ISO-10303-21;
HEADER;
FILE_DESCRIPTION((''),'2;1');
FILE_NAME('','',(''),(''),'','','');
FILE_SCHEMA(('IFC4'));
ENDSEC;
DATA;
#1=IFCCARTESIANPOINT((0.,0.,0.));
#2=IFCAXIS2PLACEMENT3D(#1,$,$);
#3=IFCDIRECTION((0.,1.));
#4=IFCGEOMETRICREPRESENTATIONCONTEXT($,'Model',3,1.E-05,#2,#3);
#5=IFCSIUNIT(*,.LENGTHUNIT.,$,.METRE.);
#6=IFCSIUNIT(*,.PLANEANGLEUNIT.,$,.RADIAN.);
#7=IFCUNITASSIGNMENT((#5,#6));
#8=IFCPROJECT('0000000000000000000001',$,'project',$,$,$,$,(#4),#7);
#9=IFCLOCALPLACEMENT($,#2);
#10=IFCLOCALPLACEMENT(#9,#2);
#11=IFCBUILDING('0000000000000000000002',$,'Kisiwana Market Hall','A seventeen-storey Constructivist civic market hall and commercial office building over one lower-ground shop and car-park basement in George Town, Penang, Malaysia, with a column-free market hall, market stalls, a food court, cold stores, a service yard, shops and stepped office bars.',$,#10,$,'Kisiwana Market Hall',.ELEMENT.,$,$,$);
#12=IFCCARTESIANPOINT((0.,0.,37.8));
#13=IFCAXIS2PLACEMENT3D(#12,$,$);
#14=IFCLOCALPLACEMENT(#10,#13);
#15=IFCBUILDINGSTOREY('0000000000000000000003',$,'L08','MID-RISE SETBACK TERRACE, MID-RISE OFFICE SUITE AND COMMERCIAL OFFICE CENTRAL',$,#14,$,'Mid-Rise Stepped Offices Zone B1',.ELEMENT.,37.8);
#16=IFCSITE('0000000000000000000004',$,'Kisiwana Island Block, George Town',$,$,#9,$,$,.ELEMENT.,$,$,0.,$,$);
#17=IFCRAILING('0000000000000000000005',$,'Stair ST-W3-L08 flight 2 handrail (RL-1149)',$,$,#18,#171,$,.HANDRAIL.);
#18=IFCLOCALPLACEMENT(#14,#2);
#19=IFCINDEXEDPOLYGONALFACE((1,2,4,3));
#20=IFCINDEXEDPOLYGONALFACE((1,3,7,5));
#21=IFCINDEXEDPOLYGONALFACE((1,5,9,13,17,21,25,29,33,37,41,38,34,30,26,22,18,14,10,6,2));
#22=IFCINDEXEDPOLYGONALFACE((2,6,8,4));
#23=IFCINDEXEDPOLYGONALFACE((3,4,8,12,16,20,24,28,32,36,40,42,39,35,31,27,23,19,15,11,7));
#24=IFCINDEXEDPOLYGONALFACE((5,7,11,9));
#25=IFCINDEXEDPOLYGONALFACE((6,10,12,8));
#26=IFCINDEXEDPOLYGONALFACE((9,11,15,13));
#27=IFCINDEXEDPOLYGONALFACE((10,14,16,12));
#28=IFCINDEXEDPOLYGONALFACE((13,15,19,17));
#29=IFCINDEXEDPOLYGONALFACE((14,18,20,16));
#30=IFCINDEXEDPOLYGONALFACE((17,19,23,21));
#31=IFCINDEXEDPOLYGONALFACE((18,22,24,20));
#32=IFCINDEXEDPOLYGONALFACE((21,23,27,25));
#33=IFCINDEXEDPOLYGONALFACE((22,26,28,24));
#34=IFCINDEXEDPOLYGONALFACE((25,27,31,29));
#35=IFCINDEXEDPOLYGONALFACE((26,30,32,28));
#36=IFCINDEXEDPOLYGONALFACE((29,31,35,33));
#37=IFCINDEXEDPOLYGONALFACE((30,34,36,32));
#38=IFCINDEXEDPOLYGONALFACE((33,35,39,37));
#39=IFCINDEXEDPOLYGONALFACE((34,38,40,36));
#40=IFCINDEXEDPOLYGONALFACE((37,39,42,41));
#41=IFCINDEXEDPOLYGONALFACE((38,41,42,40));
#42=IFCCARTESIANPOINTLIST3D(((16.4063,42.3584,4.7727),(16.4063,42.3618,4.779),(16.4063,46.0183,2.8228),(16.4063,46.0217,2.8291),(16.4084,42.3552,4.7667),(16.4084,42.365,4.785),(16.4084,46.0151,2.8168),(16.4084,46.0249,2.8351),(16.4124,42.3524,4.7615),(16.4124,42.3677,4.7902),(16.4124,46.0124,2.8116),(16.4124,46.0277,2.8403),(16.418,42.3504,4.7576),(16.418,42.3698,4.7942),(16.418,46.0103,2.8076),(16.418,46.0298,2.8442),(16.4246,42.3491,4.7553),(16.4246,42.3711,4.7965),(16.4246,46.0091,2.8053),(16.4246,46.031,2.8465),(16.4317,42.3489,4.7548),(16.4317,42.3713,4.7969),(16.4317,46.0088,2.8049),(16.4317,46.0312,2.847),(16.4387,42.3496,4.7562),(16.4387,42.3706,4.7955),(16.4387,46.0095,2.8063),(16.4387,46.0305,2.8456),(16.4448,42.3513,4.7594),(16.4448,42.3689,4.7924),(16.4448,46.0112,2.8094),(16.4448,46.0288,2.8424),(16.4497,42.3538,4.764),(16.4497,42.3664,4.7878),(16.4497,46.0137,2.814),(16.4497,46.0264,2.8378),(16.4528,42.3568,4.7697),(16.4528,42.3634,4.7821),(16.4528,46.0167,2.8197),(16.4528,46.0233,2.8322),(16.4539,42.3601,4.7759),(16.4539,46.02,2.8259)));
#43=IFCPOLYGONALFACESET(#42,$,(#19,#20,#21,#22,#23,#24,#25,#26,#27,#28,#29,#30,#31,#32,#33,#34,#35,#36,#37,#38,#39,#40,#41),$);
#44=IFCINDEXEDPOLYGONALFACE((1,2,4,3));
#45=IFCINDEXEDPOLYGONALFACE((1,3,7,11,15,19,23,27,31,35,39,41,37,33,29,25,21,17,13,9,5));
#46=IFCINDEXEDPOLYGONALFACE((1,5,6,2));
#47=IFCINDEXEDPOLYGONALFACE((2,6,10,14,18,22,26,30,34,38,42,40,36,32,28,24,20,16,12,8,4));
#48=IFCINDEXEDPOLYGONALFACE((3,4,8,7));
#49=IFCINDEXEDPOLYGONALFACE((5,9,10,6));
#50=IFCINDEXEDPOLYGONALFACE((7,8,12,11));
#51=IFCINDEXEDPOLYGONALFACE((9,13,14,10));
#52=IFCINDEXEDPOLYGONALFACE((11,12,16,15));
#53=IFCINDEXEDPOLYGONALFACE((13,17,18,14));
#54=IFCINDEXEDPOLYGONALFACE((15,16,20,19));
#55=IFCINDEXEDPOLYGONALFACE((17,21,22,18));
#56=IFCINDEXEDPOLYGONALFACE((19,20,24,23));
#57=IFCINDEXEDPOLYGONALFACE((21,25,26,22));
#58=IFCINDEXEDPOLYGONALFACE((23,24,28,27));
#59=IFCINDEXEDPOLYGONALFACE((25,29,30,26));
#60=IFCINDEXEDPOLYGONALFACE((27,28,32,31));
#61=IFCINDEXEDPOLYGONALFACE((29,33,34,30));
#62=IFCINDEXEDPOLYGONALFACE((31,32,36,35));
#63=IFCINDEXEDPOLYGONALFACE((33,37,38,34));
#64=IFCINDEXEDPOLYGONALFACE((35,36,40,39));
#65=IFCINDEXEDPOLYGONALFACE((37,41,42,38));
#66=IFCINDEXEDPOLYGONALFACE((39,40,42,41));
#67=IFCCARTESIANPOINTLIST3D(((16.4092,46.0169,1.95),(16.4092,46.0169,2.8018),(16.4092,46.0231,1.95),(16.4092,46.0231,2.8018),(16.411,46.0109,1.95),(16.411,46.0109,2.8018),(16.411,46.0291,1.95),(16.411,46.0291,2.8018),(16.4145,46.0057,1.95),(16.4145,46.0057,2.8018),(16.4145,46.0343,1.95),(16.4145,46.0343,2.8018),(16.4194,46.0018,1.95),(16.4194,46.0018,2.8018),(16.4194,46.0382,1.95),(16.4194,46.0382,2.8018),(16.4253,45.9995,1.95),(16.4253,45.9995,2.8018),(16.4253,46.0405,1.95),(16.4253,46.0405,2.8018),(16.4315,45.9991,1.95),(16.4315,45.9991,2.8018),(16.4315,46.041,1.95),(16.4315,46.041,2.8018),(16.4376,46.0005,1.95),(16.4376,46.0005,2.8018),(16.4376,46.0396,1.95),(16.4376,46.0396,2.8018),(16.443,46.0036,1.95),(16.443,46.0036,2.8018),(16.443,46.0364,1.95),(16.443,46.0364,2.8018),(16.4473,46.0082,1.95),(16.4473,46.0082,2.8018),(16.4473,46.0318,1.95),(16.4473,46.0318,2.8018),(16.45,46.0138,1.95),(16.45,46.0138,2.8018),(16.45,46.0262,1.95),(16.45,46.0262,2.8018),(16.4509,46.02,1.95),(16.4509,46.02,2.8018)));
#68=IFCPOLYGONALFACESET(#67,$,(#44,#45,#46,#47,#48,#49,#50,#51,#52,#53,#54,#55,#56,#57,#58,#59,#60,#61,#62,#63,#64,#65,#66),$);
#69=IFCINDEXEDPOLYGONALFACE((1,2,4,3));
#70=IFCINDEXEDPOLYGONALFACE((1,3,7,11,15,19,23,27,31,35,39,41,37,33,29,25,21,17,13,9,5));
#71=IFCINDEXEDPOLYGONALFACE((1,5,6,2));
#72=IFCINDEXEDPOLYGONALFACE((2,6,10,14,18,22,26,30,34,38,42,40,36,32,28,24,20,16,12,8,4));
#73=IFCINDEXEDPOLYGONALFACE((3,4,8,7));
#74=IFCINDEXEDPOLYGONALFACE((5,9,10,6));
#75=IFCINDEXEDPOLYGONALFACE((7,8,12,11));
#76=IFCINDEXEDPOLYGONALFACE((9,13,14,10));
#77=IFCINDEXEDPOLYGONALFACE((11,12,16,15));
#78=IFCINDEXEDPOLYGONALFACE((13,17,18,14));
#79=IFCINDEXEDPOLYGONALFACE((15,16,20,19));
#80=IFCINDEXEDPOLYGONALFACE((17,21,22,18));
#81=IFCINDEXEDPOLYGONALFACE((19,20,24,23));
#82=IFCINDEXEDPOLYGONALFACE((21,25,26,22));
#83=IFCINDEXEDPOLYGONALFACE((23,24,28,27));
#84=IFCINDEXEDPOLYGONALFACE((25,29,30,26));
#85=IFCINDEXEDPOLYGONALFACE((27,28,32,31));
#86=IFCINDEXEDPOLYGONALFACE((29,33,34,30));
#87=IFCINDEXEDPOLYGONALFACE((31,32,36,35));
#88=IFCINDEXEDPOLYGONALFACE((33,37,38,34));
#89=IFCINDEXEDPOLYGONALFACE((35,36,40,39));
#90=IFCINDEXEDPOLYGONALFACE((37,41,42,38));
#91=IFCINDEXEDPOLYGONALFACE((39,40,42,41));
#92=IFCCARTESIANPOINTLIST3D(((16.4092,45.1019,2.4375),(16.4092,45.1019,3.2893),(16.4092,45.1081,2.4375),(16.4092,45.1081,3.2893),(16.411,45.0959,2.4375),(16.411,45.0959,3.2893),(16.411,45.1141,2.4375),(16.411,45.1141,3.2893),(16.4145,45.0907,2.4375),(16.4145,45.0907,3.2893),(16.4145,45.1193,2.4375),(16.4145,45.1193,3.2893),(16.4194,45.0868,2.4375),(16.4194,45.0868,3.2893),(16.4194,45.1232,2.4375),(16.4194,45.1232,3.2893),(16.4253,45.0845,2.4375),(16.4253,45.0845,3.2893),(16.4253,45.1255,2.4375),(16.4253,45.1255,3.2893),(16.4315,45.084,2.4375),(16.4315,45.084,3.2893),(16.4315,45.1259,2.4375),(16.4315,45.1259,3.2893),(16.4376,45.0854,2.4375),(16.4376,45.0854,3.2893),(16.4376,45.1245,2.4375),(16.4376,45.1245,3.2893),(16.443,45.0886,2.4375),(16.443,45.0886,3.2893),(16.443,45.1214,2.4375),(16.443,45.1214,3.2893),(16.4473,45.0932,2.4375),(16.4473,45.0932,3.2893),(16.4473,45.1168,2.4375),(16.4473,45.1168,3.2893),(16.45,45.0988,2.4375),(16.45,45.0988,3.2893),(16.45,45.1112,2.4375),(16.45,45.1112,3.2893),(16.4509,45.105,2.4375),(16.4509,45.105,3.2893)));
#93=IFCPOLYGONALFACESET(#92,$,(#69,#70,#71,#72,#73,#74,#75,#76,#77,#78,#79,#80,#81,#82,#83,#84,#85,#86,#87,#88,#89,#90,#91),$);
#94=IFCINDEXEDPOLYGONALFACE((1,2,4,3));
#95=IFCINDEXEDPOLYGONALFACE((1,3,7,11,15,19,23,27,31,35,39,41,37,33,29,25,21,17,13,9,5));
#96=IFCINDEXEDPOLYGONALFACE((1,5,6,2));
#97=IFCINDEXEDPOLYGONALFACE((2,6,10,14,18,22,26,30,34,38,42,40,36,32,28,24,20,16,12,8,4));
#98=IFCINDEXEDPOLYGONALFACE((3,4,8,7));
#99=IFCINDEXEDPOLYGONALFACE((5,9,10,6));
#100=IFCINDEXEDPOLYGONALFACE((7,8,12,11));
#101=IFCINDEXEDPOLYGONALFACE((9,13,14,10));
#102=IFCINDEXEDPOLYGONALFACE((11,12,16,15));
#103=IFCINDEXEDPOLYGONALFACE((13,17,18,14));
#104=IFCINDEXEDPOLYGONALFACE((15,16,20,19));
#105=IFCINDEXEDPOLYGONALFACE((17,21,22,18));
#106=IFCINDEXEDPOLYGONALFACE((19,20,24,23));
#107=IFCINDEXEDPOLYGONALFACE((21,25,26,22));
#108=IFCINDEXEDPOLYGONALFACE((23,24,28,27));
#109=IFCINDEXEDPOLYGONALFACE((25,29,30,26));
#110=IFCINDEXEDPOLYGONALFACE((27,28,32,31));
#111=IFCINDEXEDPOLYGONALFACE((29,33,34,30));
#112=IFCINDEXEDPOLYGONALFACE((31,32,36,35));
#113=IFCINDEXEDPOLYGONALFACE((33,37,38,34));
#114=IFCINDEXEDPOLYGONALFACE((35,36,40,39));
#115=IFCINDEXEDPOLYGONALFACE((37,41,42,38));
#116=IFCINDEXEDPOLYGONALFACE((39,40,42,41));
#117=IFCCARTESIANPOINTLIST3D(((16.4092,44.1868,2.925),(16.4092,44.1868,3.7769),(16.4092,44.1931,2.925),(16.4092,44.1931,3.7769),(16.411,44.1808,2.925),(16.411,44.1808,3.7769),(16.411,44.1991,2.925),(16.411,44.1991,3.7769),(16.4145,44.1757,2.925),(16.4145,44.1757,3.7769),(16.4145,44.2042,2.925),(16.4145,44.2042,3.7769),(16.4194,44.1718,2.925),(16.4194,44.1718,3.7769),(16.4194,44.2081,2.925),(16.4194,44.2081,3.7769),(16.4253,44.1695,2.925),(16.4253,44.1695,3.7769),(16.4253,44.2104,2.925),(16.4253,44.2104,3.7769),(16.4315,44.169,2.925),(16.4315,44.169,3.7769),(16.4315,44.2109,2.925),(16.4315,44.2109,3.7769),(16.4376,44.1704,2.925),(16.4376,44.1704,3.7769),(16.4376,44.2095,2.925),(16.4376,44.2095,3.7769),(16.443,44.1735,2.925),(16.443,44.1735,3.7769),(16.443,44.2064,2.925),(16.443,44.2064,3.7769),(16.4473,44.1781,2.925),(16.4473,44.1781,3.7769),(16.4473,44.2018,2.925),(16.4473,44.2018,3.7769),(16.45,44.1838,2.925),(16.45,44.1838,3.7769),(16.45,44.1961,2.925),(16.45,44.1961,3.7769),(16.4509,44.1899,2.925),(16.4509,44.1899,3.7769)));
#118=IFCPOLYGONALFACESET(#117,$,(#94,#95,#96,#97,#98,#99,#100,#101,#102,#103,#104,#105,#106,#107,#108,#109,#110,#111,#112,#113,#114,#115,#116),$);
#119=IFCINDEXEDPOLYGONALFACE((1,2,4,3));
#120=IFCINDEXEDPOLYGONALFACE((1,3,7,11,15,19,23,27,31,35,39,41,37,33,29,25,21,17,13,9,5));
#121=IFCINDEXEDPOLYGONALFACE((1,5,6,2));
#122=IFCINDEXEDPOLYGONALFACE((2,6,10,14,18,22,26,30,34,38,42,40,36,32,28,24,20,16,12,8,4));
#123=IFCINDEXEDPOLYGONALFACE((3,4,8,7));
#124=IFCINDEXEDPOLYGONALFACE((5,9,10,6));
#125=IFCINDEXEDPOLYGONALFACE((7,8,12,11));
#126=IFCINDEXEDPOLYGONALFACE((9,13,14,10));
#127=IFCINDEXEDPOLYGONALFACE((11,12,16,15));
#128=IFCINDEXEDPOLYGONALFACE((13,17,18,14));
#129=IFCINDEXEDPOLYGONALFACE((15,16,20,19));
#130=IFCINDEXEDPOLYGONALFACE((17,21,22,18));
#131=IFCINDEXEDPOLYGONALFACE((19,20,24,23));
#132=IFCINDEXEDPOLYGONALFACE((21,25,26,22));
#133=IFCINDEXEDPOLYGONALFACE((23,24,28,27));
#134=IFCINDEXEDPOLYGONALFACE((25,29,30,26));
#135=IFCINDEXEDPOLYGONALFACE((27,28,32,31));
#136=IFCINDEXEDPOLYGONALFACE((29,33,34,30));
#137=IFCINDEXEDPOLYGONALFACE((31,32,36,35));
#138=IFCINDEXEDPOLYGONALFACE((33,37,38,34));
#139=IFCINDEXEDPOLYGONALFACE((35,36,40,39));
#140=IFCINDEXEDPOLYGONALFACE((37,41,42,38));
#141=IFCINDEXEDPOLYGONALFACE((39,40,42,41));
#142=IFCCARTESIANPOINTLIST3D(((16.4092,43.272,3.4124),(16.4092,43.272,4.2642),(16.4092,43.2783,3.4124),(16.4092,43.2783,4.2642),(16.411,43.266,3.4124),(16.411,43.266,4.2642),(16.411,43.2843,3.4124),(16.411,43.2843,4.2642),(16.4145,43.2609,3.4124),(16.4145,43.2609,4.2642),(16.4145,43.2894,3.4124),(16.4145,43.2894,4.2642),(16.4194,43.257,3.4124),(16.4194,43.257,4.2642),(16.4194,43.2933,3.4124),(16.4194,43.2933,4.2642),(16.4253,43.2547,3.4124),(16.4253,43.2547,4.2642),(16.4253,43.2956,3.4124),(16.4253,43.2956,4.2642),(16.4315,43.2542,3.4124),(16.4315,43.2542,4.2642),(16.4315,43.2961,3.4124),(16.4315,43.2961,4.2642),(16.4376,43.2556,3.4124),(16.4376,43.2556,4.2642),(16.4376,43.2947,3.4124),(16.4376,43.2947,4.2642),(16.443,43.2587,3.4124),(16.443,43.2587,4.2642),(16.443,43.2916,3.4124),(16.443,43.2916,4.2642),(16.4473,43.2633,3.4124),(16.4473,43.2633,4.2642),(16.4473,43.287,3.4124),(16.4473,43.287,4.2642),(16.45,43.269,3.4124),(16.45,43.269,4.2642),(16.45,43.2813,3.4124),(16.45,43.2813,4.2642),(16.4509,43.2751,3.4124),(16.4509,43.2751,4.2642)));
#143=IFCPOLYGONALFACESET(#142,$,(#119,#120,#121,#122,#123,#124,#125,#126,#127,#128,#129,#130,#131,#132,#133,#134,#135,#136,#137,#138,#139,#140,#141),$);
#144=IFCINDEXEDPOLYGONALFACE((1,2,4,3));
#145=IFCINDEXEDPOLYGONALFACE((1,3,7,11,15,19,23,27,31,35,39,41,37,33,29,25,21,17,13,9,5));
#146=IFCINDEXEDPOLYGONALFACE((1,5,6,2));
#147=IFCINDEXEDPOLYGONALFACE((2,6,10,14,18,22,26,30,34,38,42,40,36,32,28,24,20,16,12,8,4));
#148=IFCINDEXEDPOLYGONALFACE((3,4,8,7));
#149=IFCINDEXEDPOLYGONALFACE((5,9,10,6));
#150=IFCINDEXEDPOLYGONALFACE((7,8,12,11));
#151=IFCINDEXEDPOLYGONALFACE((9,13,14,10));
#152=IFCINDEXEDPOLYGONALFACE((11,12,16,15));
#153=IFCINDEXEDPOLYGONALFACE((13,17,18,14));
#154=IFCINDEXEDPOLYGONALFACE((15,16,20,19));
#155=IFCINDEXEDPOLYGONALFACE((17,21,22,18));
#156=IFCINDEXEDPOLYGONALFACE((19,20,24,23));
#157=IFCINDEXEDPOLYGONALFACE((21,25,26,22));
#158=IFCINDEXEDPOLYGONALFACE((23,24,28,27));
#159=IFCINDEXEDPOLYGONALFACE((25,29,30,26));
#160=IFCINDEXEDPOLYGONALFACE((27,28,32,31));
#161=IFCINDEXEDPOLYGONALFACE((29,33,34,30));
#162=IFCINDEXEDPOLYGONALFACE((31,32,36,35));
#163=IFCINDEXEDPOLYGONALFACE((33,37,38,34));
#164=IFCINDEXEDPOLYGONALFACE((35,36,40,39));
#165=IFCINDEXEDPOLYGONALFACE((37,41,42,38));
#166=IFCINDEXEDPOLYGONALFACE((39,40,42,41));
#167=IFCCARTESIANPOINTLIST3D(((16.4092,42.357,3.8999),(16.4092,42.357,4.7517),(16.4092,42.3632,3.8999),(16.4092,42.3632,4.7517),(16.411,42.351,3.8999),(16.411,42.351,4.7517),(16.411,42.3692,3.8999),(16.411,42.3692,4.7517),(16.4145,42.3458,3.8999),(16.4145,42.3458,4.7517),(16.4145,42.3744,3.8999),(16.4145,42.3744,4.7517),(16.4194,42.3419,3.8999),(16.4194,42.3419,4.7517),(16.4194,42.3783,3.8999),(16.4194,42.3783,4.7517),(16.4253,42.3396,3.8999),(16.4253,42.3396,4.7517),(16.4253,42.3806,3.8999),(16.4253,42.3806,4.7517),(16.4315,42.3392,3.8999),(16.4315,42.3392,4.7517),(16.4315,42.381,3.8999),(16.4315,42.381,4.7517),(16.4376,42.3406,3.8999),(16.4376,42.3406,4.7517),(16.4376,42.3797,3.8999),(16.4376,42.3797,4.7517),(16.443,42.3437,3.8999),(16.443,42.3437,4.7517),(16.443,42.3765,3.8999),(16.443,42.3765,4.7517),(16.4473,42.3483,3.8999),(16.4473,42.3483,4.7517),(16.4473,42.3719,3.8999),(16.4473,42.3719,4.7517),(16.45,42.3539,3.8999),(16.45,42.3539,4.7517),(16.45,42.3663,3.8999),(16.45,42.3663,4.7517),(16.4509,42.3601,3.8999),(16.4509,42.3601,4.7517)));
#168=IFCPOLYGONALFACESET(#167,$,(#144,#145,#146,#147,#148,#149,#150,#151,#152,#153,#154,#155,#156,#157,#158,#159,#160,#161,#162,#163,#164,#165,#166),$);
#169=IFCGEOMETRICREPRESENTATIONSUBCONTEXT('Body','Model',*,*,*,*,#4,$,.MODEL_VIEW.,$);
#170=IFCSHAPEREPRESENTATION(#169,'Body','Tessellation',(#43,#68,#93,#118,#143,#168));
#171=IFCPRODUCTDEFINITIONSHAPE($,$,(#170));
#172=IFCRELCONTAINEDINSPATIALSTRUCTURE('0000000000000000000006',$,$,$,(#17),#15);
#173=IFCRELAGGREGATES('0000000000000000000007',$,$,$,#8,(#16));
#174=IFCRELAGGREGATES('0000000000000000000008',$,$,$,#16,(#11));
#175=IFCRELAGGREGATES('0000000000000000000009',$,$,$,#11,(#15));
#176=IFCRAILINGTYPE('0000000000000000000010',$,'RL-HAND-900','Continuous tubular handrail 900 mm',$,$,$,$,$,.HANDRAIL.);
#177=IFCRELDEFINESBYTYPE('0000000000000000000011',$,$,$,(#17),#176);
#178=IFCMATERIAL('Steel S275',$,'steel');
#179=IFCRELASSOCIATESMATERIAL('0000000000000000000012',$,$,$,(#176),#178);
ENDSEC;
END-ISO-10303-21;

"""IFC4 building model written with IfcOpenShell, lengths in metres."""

from ifc_helpers import new_model, si_unit, direction, frame, origin, origin_2d, place, context, subcontext, project, spatial, circle, extrude, material, type_object, element, save


model = new_model("IFC4")

# Units and contexts
model_context = context("Model", 3, precision=1e-05, world=origin(), true_north=direction((0.0, 1.0)))
body_context = subcontext(model_context, "Body", "Model", "MODEL_VIEW")
ifc_project = project(units=[si_unit("LENGTHUNIT", "METRE"), si_unit("PLANEANGLEUNIT", "RADIAN")], contexts=[model_context])

# Site, building, storey
site_placement = place(None, origin())
site = spatial("IfcSite", under=ifc_project, at=site_placement, Name="Kisiwana Island Block, George Town", CompositionType="ELEMENT", RefElevation=0.0)
building_placement = place(site_placement, origin())
building = spatial("IfcBuilding", under=site, at=building_placement, Name="Kisiwana Market Hall", Description="A seventeen-storey Constructivist civic market hall and commercial office building over one lower-ground shop and car-park basement in George Town, Penang, Malaysia, with a column-free market hall, market stalls, a food court, cold stores, a service yard, shops and stepped office bars.", LongName="Kisiwana Market Hall", CompositionType="ELEMENT")
storey_placement = place(building_placement, frame((0.0, 0.0, 37.8)))
storey = spatial("IfcBuildingStorey", under=building, at=storey_placement, Name="L08", Description="MID-RISE SETBACK TERRACE, MID-RISE OFFICE SUITE AND COMMERCIAL OFFICE CENTRAL", LongName="Mid-Rise Stepped Offices Zone B1", CompositionType="ELEMENT", Elevation=37.8)

# Railing
ifc_material_1 = material(Name="Steel S275", Category="steel")
railing_type_1 = type_object("IfcRailingType", Name="RL-HAND-900", Description="Continuous tubular handrail 900 mm", PredefinedType="HANDRAIL", material=ifc_material_1)
for number, where, name in (
    (1, (16.4299, 46.02, 1.95), "Stair ST-W3-L08 flight 2 handrail (RL-1149)"),
):
    element("IfcRailing", number, at=place(storey_placement, frame(where)), inside=storey, type_object=railing_type_1, Name=name, PredefinedType="HANDRAIL", context=body_context, shape_type="SweptSolid", body=[
        extrude(circle(Radius=0.0239, at=origin_2d()), frame((0.0, 0.0, 0.876), z_axis=(0.0, -0.882553, 0.470212), x_axis=(1.0, 0.0, 0.0)), (0.0, 0.0, 1.0), 4.147),
        extrude(circle(Radius=0.021, at=origin_2d()), origin(), (0.0, 0.0, 1.0), 0.8518),
        extrude(circle(Radius=0.021, at=origin_2d()), frame((0.0, -0.915, 0.4875)), (0.0, 0.0, 1.0), 0.8518),
        extrude(circle(Radius=0.021, at=origin_2d()), frame((0.0, -1.8301, 0.9751)), (0.0, 0.0, 1.0), 0.8518),
        extrude(circle(Radius=0.021, at=origin_2d()), frame((0.0, -2.7449, 1.4624)), (0.0, 0.0, 1.0), 0.8518),
        extrude(circle(Radius=0.021, at=origin_2d()), frame((0.0, -3.6599, 1.95)), (0.0, 0.0, 1.0), 0.8518),
    ])

save(model, "model.ifc")
